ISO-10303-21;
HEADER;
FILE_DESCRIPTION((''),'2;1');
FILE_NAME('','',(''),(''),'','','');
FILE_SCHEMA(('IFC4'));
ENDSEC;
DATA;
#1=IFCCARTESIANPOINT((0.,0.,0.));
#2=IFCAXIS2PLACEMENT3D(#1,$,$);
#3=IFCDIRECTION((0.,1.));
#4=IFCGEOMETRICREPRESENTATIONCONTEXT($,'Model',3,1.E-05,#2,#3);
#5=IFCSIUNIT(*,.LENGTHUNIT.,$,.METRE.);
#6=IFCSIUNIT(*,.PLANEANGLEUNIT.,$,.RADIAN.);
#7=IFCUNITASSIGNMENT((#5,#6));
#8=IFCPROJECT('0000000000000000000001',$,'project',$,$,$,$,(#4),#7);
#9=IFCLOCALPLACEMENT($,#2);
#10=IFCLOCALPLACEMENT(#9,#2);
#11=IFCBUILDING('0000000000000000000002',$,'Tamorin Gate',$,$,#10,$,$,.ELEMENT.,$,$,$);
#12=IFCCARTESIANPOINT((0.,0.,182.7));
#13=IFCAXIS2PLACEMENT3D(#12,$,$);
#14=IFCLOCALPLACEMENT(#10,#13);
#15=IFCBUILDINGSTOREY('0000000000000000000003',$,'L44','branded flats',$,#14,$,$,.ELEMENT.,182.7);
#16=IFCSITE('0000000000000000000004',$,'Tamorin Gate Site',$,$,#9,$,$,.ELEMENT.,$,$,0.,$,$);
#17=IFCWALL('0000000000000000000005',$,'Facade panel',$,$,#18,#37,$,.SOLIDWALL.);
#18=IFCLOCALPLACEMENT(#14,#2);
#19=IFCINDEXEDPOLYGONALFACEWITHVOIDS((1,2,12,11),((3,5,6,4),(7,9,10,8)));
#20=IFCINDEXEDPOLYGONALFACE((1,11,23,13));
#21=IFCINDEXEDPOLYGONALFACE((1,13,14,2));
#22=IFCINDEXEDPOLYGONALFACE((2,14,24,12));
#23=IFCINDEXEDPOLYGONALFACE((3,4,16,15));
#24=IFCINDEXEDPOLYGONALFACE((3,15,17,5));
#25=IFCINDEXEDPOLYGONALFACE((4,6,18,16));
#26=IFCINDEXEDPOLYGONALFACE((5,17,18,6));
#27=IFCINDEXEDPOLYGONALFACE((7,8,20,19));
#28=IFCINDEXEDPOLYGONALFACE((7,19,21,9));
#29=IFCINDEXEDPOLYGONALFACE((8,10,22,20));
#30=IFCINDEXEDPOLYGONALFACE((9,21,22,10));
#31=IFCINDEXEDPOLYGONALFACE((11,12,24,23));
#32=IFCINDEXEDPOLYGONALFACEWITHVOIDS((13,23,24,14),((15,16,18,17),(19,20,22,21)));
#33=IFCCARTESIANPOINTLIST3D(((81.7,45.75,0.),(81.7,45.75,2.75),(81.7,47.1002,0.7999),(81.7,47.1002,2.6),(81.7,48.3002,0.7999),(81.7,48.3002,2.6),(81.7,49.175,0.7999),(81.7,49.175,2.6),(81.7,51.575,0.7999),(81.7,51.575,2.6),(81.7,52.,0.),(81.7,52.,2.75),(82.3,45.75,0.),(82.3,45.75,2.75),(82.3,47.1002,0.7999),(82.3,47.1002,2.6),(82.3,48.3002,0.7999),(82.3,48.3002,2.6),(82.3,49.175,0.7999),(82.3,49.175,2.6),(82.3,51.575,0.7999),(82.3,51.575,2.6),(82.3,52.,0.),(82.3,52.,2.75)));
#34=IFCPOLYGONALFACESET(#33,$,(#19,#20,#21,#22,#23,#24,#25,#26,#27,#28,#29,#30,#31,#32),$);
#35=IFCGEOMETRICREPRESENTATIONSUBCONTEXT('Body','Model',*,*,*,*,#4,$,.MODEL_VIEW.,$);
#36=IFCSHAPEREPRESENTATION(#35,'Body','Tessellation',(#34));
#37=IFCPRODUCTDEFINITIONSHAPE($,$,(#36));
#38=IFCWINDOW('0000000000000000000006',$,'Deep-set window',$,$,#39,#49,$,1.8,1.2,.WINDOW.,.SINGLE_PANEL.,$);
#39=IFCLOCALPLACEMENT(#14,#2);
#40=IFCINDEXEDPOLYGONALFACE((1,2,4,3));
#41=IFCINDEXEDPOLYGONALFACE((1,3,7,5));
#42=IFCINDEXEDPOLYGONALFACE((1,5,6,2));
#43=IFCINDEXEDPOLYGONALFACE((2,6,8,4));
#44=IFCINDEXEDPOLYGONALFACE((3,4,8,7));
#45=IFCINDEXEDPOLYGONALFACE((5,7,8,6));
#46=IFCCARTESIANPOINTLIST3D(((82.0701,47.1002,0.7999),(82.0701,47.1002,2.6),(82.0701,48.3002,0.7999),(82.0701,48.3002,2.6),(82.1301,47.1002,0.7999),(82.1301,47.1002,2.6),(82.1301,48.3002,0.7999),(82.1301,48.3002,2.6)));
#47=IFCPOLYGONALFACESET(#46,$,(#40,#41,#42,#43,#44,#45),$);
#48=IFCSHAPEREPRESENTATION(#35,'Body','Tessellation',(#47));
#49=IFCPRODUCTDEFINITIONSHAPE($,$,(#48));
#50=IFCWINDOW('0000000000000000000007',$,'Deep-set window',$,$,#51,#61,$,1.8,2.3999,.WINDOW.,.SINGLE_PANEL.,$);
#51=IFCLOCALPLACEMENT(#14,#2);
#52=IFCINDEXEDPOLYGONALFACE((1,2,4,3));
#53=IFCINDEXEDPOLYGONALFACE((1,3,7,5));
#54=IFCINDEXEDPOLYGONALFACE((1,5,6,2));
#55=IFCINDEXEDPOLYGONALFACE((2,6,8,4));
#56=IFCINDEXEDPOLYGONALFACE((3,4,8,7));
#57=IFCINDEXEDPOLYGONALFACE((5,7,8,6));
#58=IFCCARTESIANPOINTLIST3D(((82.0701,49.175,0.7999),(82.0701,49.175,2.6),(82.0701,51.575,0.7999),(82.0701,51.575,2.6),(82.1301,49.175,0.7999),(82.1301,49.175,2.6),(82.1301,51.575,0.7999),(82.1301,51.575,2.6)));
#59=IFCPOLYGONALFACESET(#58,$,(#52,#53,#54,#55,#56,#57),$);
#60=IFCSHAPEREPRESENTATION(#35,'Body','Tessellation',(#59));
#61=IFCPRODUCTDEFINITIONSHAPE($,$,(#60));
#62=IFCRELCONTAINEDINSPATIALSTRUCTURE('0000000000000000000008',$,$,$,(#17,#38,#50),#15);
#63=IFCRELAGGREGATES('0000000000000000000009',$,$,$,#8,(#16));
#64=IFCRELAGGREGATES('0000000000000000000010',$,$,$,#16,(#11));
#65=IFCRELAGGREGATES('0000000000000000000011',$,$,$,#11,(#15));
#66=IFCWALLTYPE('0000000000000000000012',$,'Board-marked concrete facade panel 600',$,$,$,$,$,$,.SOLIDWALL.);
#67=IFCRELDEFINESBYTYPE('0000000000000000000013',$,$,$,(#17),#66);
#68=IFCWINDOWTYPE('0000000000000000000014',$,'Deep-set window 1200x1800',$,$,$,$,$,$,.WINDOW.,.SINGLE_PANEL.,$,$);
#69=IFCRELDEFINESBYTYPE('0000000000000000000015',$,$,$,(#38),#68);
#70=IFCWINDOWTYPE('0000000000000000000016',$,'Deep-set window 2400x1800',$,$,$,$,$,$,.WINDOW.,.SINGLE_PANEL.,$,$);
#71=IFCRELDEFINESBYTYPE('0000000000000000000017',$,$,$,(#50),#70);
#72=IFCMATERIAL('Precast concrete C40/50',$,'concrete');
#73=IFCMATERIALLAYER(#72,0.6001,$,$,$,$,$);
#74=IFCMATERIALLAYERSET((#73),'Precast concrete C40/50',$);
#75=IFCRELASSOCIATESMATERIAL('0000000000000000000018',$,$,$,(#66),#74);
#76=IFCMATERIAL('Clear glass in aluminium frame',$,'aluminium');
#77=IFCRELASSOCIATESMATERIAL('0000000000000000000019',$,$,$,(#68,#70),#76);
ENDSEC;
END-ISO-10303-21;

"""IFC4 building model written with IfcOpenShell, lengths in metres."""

from ifc_helpers import new_model, si_unit, direction, frame, frame_2d, origin, place, context, subcontext, project, spatial, rectangle, extrude, material, layer, layer_set, type_object, element, fill, save


model = new_model("IFC4")

# Units and contexts
model_context = context("Model", 3, precision=1e-05, world=origin(), true_north=direction((0.0, 1.0)))
body_context = subcontext(model_context, "Body", "Model", "MODEL_VIEW")
ifc_project = project(units=[si_unit("LENGTHUNIT", "METRE"), si_unit("PLANEANGLEUNIT", "RADIAN")], contexts=[model_context])

# Site, building, storey
site_placement = place(None, origin())
site = spatial("IfcSite", under=ifc_project, at=site_placement, Name="Tamorin Gate Site", CompositionType="ELEMENT", RefElevation=0.0)
building_placement = place(site_placement, origin())
building = spatial("IfcBuilding", under=site, at=building_placement, Name="Tamorin Gate", CompositionType="ELEMENT")
storey_placement = place(building_placement, frame((0.0, 0.0, 182.7)))
storey = spatial("IfcBuildingStorey", under=building, at=storey_placement, Name="L44", Description="branded flats", CompositionType="ELEMENT", Elevation=182.7)

# Shared definitions
ifc_material_1 = material(Name="Precast concrete C40/50", Category="concrete")
ifc_layer = layer(ifc_material_1, 0.6001)
ifc_layer_set = layer_set([ifc_layer], Name="Precast concrete C40/50")
wall_type = type_object("IfcWallType", Name="Board-marked concrete facade panel 600", PredefinedType="SOLIDWALL", material=ifc_layer_set)
ifc_material_2 = material(Name="Clear glass in aluminium frame", Category="aluminium")
window_type_1 = type_object("IfcWindowType", Name="Deep-set window 1200x1800", PartitioningType="SINGLE_PANEL", PredefinedType="WINDOW", material=ifc_material_2)
window_type_2 = type_object("IfcWindowType", Name="Deep-set window 2400x1800", PartitioningType="SINGLE_PANEL", PredefinedType="WINDOW", material=ifc_material_2)

# Wall, openings, windows
wall_1_placement = place(storey_placement, frame((82.0, 45.75, 0.0), z_axis=(0.0, 0.0, 1.0), x_axis=(0.0, 1.0, 0.0)))
wall_1 = element("IfcWall", 1, at=wall_1_placement, inside=storey, type_object=wall_type, Name="Facade panel", PredefinedType="SOLIDWALL", context=body_context, shape_type="SweptSolid", body=[
    extrude(rectangle(XDim=6.25, YDim=0.6001, at=frame_2d((3.125, 0.0))), origin(), (0.0, 0.0, 1.0), 2.75),
])
opening_1_placement = place(wall_1_placement, frame((1.3501, 0.0, 0.8)))
opening_1 = element("IfcOpeningElement", 2, at=opening_1_placement, cuts=wall_1, PredefinedType="OPENING", context=body_context, shape_type="SweptSolid", body=[
    extrude(rectangle(XDim=1.2, YDim=1.8, at=frame_2d((0.6001, 0.8999))), frame((0.0, 0.3101, 0.0), z_axis=(0.0, -1.0, 0.0), x_axis=(1.0, 0.0, 0.0)), (0.0, 0.0, 1.0), 0.6201),
])
opening_2_placement = place(wall_1_placement, frame((3.425, 0.0, 0.8)))
opening_2 = element("IfcOpeningElement", 3, at=opening_2_placement, cuts=wall_1, PredefinedType="OPENING", context=body_context, shape_type="SweptSolid", body=[
    extrude(rectangle(XDim=2.3999, YDim=1.8, at=frame_2d((1.2, 0.8999))), frame((0.0, 0.3101, 0.0), z_axis=(0.0, -1.0, 0.0), x_axis=(1.0, 0.0, 0.0)), (0.0, 0.0, 1.0), 0.6201),
])
window_1_placement = place(opening_1_placement, origin())
window_1 = element("IfcWindow", 4, at=window_1_placement, inside=storey, type_object=window_type_1, Name="Deep-set window", OverallHeight=1.8, OverallWidth=1.2, PartitioningType="SINGLE_PANEL", PredefinedType="WINDOW", context=body_context, shape_type="SweptSolid", body=[
    extrude(rectangle(XDim=1.2, YDim=1.8, at=frame_2d((0.6001, 0.8999))), frame((0.0, -0.0701, 0.0), z_axis=(0.0, -1.0, 0.0), x_axis=(1.0, 0.0, 0.0)), (0.0, 0.0, 1.0), 0.0601),
])
fill(opening_1, window_1)
window_2_placement = place(opening_2_placement, origin())
window_2 = element("IfcWindow", 5, at=window_2_placement, inside=storey, type_object=window_type_2, Name="Deep-set window", OverallHeight=1.8, OverallWidth=2.3999, PartitioningType="SINGLE_PANEL", PredefinedType="WINDOW", context=body_context, shape_type="SweptSolid", body=[
    extrude(rectangle(XDim=2.3999, YDim=1.8, at=frame_2d((1.2, 0.8999))), frame((0.0, -0.0701, 0.0), z_axis=(0.0, -1.0, 0.0), x_axis=(1.0, 0.0, 0.0)), (0.0, 0.0, 1.0), 0.0601),
])
fill(opening_2, window_2)

save(model, "model.ifc")
